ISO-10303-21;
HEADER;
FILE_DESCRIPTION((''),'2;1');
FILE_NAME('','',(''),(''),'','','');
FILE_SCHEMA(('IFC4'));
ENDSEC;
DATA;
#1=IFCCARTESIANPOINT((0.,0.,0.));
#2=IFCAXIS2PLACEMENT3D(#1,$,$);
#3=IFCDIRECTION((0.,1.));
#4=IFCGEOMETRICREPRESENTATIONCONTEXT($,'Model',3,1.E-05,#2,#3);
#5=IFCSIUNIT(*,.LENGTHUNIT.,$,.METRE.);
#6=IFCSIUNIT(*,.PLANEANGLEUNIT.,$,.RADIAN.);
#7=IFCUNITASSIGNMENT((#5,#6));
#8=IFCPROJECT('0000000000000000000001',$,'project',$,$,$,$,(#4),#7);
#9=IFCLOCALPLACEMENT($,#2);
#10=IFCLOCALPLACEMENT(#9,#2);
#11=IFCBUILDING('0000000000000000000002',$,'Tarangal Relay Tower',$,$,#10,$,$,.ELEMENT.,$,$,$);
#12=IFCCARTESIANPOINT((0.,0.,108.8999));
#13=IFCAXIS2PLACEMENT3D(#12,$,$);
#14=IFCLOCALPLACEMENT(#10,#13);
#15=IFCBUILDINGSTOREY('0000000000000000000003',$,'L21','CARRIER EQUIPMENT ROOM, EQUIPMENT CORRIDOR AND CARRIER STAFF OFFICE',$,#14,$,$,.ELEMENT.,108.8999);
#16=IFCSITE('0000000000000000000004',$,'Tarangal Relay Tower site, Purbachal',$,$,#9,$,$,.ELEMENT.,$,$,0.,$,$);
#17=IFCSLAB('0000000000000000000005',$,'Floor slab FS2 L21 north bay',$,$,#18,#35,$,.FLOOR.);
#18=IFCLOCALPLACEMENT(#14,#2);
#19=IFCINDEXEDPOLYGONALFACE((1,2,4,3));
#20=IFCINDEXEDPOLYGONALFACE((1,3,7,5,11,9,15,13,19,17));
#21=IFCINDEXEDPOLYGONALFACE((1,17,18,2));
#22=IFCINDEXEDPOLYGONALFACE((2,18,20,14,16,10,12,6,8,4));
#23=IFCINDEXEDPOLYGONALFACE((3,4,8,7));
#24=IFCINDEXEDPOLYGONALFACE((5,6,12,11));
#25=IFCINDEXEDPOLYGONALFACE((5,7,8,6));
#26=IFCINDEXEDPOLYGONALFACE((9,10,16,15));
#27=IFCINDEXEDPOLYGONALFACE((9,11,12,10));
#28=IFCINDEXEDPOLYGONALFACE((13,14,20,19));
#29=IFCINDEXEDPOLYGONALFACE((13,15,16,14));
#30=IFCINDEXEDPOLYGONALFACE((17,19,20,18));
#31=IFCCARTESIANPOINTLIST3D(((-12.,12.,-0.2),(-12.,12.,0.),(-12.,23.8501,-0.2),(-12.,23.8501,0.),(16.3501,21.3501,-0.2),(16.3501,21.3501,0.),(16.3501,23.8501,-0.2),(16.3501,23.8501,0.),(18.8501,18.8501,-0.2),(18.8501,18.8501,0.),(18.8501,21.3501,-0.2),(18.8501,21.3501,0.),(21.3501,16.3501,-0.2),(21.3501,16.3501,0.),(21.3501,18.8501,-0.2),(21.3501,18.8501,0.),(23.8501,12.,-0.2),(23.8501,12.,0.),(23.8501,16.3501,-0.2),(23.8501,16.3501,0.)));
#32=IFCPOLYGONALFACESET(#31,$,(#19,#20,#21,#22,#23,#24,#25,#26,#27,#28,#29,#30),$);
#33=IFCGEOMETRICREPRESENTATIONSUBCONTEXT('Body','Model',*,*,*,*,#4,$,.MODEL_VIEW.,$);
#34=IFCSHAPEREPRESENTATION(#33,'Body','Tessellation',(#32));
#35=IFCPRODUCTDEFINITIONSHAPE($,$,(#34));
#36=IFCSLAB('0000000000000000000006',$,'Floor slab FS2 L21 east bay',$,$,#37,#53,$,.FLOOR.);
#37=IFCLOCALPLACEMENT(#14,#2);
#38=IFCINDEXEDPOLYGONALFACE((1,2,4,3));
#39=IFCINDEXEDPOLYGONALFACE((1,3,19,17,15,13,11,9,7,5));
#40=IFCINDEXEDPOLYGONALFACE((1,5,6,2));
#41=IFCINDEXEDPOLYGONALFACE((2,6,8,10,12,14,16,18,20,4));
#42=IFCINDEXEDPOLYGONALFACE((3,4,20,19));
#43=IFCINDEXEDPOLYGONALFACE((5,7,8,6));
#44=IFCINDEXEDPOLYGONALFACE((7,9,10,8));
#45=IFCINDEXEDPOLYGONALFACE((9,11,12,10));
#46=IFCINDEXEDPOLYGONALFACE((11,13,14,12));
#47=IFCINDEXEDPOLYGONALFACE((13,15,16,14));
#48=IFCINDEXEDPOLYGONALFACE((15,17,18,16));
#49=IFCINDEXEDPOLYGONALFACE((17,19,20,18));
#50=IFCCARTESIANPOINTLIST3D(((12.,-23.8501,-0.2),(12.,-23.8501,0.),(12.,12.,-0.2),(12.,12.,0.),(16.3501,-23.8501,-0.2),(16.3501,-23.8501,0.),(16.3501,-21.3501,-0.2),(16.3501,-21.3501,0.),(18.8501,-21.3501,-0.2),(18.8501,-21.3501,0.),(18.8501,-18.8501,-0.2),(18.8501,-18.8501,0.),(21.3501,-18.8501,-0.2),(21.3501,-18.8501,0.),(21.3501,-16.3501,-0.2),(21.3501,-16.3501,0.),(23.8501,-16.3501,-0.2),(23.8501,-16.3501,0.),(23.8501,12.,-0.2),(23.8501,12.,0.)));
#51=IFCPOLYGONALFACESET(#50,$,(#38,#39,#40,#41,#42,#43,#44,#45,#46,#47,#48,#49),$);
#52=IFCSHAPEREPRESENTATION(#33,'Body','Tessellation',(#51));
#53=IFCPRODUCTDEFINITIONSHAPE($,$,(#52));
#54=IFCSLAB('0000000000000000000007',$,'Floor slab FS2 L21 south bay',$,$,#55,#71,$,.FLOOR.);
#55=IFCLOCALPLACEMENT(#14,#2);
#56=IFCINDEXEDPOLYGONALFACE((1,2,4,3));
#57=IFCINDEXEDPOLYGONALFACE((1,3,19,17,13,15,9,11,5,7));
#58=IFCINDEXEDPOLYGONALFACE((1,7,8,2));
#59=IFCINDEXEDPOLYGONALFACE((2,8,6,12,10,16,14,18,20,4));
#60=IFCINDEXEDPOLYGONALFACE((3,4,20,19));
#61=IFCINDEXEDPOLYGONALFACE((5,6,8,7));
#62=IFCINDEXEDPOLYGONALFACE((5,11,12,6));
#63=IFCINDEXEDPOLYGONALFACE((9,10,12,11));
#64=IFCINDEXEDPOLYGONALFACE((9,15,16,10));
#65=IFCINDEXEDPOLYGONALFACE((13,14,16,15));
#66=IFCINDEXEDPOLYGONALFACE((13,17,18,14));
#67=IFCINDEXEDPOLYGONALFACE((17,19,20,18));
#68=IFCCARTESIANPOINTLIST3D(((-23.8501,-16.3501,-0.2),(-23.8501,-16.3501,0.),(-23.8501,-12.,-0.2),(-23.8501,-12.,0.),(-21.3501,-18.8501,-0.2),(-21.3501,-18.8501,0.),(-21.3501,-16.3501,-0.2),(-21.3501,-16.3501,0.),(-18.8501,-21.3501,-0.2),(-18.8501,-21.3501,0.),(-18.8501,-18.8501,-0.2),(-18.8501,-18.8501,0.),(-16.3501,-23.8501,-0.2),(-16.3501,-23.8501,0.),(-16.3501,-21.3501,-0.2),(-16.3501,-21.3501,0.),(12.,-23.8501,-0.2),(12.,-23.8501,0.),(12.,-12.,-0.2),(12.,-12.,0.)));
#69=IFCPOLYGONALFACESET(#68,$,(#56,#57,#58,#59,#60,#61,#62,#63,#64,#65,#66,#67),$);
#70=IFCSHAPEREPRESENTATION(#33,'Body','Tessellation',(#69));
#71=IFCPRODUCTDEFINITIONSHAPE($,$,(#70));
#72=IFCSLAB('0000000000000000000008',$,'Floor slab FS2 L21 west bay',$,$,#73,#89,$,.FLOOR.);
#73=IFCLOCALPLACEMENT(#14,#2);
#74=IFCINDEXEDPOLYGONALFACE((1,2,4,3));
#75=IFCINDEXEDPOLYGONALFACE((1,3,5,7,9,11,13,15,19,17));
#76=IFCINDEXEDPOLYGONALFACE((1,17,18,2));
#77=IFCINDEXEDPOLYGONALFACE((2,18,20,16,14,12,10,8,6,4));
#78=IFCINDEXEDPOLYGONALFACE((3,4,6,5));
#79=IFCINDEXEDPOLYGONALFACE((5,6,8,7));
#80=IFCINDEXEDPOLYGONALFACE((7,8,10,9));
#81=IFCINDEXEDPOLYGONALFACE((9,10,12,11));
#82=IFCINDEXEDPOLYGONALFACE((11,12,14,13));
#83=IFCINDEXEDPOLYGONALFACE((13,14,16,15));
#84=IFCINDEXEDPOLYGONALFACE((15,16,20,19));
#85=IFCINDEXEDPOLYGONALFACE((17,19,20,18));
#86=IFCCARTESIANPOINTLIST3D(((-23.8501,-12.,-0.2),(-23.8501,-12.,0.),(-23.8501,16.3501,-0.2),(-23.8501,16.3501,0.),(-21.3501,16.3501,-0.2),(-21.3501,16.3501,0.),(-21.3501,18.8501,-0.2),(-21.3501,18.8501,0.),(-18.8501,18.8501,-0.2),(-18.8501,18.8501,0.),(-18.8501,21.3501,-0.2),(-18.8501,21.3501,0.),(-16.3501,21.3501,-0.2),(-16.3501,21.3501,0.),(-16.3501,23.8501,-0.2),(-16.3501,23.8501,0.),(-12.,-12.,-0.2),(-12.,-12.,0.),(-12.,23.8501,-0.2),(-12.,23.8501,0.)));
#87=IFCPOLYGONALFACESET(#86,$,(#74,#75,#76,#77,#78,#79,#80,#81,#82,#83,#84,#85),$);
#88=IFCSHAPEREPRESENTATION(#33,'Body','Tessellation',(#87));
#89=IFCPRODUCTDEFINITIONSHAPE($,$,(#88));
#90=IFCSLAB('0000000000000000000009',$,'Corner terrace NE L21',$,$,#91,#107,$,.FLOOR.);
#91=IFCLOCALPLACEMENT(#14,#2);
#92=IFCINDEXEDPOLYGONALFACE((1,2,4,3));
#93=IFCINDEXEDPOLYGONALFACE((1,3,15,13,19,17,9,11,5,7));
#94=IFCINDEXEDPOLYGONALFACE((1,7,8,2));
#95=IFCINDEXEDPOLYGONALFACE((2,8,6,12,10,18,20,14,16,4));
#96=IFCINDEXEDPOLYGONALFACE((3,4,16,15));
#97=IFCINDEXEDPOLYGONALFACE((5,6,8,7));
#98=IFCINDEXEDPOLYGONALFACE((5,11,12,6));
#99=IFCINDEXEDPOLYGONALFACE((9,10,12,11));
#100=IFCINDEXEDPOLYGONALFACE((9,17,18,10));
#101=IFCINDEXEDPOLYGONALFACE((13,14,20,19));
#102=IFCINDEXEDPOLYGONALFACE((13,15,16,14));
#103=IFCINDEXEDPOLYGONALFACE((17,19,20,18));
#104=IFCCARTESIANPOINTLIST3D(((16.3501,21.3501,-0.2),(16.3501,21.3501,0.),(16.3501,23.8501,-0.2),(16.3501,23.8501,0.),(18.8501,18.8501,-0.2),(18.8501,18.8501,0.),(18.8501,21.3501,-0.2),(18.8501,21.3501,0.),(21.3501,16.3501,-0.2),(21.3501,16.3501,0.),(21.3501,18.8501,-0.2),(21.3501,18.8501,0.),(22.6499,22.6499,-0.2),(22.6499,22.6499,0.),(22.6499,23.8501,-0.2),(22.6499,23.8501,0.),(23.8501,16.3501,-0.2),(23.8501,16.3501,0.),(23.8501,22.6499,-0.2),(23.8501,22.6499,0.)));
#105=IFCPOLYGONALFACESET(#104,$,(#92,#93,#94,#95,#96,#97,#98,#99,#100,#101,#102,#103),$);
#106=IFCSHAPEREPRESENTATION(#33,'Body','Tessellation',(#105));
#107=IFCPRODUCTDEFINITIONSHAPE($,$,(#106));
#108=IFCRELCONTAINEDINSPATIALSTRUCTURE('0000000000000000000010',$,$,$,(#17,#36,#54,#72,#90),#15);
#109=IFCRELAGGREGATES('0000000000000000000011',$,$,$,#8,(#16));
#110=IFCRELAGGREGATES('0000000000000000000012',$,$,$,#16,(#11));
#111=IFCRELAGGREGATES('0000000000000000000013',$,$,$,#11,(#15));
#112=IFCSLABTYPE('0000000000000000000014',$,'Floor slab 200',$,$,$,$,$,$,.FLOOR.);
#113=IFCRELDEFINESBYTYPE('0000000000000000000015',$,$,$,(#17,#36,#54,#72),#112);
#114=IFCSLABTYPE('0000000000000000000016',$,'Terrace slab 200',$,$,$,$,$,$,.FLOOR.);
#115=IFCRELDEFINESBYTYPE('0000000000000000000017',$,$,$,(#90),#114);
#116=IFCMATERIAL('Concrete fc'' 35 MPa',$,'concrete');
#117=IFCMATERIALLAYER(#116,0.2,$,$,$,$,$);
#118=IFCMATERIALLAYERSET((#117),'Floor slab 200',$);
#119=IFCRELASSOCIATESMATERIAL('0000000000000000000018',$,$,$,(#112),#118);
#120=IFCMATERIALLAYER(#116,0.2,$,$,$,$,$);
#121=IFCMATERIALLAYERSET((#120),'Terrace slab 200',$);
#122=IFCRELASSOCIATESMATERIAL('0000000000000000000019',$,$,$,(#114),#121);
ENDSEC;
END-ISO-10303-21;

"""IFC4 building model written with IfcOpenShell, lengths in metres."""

from ifc_helpers import new_model, si_unit, direction, frame, origin, place, context, subcontext, project, spatial, polyline, outline, extrude, material, layer, layer_set, type_object, element, save


model = new_model("IFC4")

# Units and contexts
model_context = context("Model", 3, precision=1e-05, world=origin(), true_north=direction((0.0, 1.0)))
body_context = subcontext(model_context, "Body", "Model", "MODEL_VIEW")
ifc_project = project(units=[si_unit("LENGTHUNIT", "METRE"), si_unit("PLANEANGLEUNIT", "RADIAN")], contexts=[model_context])

# Site, building, storey
site_placement = place(None, origin())
site = spatial("IfcSite", under=ifc_project, at=site_placement, Name="Tarangal Relay Tower site, Purbachal", CompositionType="ELEMENT", RefElevation=0.0)
building_placement = place(site_placement, origin())
building = spatial("IfcBuilding", under=site, at=building_placement, Name="Tarangal Relay Tower", CompositionType="ELEMENT")
storey_placement = place(building_placement, frame((0.0, 0.0, 108.8999)))
storey = spatial("IfcBuildingStorey", under=building, at=storey_placement, Name="L21", Description="CARRIER EQUIPMENT ROOM, EQUIPMENT CORRIDOR AND CARRIER STAFF OFFICE", CompositionType="ELEMENT", Elevation=108.8999)

# Slabs
ifc_material_1 = material(Name="Concrete fc' 35 MPa", Category="concrete")
ifc_layer_1 = layer(ifc_material_1, 0.2)
ifc_layer_set_1 = layer_set([ifc_layer_1], Name="Floor slab 200")
slab_type_1 = type_object("IfcSlabType", Name="Floor slab 200", PredefinedType="FLOOR", material=ifc_layer_set_1)
slab_1_placement = place(storey_placement, frame((0.0, 0.0, -0.2)))
element("IfcSlab", 1, at=slab_1_placement, inside=storey, type_object=slab_type_1, Name="Floor slab FS2 L21 north bay", PredefinedType="FLOOR", context=body_context, shape_type="SweptSolid", body=[
    extrude(outline(polyline([(16.3501, 23.8501), (16.3501, 21.3501), (18.8501, 21.3501), (18.8501, 18.8501), (21.3501, 18.8501), (21.3501, 16.3501), (23.8501, 16.3501), (23.8501, 12.0), (-12.0, 12.0), (-12.0, 23.8501), (16.3501, 23.8501)])), origin(), (0.0, 0.0, 1.0), 0.2),
])
slab_2_placement = place(storey_placement, frame((0.0, 0.0, -0.2)))
element("IfcSlab", 2, at=slab_2_placement, inside=storey, type_object=slab_type_1, Name="Floor slab FS2 L21 east bay", PredefinedType="FLOOR", context=body_context, shape_type="SweptSolid", body=[
    extrude(outline(polyline([(23.8501, -16.3501), (21.3501, -16.3501), (21.3501, -18.8501), (18.8501, -18.8501), (18.8501, -21.3501), (16.3501, -21.3501), (16.3501, -23.8501), (12.0, -23.8501), (12.0, 12.0), (23.8501, 12.0), (23.8501, -16.3501)])), origin(), (0.0, 0.0, 1.0), 0.2),
])
slab_3_placement = place(storey_placement, frame((0.0, 0.0, -0.2)))
element("IfcSlab", 3, at=slab_3_placement, inside=storey, type_object=slab_type_1, Name="Floor slab FS2 L21 south bay", PredefinedType="FLOOR", context=body_context, shape_type="SweptSolid", body=[
    extrude(outline(polyline([(-16.3501, -23.8501), (-16.3501, -21.3501), (-18.8501, -21.3501), (-18.8501, -18.8501), (-21.3501, -18.8501), (-21.3501, -16.3501), (-23.8501, -16.3501), (-23.8501, -12.0), (12.0, -12.0), (12.0, -23.8501), (-16.3501, -23.8501)])), origin(), (0.0, 0.0, 1.0), 0.2),
])
slab_4_placement = place(storey_placement, frame((0.0, 0.0, -0.2)))
element("IfcSlab", 4, at=slab_4_placement, inside=storey, type_object=slab_type_1, Name="Floor slab FS2 L21 west bay", PredefinedType="FLOOR", context=body_context, shape_type="SweptSolid", body=[
    extrude(outline(polyline([(-12.0, 23.8501), (-12.0, -12.0), (-23.8501, -12.0), (-23.8501, 16.3501), (-21.3501, 16.3501), (-21.3501, 18.8501), (-18.8501, 18.8501), (-18.8501, 21.3501), (-16.3501, 21.3501), (-16.3501, 23.8501), (-12.0, 23.8501)])), origin(), (0.0, 0.0, 1.0), 0.2),
])
ifc_layer_2 = layer(ifc_material_1, 0.2)
ifc_layer_set_2 = layer_set([ifc_layer_2], Name="Terrace slab 200")
slab_type_2 = type_object("IfcSlabType", Name="Terrace slab 200", PredefinedType="FLOOR", material=ifc_layer_set_2)
slab_5_placement = place(storey_placement, frame((0.0, 0.0, -0.2)))
element("IfcSlab", 5, at=slab_5_placement, inside=storey, type_object=slab_type_2, Name="Corner terrace NE L21", PredefinedType="FLOOR", context=body_context, shape_type="SweptSolid", body=[
    extrude(outline(polyline([(16.3501, 23.8501), (16.3501, 21.3501), (18.8501, 21.3501), (18.8501, 18.8501), (21.3501, 18.8501), (21.3501, 16.3501), (23.8501, 16.3501), (23.8501, 22.6499), (22.6499, 22.6499), (22.6499, 23.8501), (16.3501, 23.8501)])), origin(), (0.0, 0.0, 1.0), 0.2),
])

save(model, "model.ifc")
